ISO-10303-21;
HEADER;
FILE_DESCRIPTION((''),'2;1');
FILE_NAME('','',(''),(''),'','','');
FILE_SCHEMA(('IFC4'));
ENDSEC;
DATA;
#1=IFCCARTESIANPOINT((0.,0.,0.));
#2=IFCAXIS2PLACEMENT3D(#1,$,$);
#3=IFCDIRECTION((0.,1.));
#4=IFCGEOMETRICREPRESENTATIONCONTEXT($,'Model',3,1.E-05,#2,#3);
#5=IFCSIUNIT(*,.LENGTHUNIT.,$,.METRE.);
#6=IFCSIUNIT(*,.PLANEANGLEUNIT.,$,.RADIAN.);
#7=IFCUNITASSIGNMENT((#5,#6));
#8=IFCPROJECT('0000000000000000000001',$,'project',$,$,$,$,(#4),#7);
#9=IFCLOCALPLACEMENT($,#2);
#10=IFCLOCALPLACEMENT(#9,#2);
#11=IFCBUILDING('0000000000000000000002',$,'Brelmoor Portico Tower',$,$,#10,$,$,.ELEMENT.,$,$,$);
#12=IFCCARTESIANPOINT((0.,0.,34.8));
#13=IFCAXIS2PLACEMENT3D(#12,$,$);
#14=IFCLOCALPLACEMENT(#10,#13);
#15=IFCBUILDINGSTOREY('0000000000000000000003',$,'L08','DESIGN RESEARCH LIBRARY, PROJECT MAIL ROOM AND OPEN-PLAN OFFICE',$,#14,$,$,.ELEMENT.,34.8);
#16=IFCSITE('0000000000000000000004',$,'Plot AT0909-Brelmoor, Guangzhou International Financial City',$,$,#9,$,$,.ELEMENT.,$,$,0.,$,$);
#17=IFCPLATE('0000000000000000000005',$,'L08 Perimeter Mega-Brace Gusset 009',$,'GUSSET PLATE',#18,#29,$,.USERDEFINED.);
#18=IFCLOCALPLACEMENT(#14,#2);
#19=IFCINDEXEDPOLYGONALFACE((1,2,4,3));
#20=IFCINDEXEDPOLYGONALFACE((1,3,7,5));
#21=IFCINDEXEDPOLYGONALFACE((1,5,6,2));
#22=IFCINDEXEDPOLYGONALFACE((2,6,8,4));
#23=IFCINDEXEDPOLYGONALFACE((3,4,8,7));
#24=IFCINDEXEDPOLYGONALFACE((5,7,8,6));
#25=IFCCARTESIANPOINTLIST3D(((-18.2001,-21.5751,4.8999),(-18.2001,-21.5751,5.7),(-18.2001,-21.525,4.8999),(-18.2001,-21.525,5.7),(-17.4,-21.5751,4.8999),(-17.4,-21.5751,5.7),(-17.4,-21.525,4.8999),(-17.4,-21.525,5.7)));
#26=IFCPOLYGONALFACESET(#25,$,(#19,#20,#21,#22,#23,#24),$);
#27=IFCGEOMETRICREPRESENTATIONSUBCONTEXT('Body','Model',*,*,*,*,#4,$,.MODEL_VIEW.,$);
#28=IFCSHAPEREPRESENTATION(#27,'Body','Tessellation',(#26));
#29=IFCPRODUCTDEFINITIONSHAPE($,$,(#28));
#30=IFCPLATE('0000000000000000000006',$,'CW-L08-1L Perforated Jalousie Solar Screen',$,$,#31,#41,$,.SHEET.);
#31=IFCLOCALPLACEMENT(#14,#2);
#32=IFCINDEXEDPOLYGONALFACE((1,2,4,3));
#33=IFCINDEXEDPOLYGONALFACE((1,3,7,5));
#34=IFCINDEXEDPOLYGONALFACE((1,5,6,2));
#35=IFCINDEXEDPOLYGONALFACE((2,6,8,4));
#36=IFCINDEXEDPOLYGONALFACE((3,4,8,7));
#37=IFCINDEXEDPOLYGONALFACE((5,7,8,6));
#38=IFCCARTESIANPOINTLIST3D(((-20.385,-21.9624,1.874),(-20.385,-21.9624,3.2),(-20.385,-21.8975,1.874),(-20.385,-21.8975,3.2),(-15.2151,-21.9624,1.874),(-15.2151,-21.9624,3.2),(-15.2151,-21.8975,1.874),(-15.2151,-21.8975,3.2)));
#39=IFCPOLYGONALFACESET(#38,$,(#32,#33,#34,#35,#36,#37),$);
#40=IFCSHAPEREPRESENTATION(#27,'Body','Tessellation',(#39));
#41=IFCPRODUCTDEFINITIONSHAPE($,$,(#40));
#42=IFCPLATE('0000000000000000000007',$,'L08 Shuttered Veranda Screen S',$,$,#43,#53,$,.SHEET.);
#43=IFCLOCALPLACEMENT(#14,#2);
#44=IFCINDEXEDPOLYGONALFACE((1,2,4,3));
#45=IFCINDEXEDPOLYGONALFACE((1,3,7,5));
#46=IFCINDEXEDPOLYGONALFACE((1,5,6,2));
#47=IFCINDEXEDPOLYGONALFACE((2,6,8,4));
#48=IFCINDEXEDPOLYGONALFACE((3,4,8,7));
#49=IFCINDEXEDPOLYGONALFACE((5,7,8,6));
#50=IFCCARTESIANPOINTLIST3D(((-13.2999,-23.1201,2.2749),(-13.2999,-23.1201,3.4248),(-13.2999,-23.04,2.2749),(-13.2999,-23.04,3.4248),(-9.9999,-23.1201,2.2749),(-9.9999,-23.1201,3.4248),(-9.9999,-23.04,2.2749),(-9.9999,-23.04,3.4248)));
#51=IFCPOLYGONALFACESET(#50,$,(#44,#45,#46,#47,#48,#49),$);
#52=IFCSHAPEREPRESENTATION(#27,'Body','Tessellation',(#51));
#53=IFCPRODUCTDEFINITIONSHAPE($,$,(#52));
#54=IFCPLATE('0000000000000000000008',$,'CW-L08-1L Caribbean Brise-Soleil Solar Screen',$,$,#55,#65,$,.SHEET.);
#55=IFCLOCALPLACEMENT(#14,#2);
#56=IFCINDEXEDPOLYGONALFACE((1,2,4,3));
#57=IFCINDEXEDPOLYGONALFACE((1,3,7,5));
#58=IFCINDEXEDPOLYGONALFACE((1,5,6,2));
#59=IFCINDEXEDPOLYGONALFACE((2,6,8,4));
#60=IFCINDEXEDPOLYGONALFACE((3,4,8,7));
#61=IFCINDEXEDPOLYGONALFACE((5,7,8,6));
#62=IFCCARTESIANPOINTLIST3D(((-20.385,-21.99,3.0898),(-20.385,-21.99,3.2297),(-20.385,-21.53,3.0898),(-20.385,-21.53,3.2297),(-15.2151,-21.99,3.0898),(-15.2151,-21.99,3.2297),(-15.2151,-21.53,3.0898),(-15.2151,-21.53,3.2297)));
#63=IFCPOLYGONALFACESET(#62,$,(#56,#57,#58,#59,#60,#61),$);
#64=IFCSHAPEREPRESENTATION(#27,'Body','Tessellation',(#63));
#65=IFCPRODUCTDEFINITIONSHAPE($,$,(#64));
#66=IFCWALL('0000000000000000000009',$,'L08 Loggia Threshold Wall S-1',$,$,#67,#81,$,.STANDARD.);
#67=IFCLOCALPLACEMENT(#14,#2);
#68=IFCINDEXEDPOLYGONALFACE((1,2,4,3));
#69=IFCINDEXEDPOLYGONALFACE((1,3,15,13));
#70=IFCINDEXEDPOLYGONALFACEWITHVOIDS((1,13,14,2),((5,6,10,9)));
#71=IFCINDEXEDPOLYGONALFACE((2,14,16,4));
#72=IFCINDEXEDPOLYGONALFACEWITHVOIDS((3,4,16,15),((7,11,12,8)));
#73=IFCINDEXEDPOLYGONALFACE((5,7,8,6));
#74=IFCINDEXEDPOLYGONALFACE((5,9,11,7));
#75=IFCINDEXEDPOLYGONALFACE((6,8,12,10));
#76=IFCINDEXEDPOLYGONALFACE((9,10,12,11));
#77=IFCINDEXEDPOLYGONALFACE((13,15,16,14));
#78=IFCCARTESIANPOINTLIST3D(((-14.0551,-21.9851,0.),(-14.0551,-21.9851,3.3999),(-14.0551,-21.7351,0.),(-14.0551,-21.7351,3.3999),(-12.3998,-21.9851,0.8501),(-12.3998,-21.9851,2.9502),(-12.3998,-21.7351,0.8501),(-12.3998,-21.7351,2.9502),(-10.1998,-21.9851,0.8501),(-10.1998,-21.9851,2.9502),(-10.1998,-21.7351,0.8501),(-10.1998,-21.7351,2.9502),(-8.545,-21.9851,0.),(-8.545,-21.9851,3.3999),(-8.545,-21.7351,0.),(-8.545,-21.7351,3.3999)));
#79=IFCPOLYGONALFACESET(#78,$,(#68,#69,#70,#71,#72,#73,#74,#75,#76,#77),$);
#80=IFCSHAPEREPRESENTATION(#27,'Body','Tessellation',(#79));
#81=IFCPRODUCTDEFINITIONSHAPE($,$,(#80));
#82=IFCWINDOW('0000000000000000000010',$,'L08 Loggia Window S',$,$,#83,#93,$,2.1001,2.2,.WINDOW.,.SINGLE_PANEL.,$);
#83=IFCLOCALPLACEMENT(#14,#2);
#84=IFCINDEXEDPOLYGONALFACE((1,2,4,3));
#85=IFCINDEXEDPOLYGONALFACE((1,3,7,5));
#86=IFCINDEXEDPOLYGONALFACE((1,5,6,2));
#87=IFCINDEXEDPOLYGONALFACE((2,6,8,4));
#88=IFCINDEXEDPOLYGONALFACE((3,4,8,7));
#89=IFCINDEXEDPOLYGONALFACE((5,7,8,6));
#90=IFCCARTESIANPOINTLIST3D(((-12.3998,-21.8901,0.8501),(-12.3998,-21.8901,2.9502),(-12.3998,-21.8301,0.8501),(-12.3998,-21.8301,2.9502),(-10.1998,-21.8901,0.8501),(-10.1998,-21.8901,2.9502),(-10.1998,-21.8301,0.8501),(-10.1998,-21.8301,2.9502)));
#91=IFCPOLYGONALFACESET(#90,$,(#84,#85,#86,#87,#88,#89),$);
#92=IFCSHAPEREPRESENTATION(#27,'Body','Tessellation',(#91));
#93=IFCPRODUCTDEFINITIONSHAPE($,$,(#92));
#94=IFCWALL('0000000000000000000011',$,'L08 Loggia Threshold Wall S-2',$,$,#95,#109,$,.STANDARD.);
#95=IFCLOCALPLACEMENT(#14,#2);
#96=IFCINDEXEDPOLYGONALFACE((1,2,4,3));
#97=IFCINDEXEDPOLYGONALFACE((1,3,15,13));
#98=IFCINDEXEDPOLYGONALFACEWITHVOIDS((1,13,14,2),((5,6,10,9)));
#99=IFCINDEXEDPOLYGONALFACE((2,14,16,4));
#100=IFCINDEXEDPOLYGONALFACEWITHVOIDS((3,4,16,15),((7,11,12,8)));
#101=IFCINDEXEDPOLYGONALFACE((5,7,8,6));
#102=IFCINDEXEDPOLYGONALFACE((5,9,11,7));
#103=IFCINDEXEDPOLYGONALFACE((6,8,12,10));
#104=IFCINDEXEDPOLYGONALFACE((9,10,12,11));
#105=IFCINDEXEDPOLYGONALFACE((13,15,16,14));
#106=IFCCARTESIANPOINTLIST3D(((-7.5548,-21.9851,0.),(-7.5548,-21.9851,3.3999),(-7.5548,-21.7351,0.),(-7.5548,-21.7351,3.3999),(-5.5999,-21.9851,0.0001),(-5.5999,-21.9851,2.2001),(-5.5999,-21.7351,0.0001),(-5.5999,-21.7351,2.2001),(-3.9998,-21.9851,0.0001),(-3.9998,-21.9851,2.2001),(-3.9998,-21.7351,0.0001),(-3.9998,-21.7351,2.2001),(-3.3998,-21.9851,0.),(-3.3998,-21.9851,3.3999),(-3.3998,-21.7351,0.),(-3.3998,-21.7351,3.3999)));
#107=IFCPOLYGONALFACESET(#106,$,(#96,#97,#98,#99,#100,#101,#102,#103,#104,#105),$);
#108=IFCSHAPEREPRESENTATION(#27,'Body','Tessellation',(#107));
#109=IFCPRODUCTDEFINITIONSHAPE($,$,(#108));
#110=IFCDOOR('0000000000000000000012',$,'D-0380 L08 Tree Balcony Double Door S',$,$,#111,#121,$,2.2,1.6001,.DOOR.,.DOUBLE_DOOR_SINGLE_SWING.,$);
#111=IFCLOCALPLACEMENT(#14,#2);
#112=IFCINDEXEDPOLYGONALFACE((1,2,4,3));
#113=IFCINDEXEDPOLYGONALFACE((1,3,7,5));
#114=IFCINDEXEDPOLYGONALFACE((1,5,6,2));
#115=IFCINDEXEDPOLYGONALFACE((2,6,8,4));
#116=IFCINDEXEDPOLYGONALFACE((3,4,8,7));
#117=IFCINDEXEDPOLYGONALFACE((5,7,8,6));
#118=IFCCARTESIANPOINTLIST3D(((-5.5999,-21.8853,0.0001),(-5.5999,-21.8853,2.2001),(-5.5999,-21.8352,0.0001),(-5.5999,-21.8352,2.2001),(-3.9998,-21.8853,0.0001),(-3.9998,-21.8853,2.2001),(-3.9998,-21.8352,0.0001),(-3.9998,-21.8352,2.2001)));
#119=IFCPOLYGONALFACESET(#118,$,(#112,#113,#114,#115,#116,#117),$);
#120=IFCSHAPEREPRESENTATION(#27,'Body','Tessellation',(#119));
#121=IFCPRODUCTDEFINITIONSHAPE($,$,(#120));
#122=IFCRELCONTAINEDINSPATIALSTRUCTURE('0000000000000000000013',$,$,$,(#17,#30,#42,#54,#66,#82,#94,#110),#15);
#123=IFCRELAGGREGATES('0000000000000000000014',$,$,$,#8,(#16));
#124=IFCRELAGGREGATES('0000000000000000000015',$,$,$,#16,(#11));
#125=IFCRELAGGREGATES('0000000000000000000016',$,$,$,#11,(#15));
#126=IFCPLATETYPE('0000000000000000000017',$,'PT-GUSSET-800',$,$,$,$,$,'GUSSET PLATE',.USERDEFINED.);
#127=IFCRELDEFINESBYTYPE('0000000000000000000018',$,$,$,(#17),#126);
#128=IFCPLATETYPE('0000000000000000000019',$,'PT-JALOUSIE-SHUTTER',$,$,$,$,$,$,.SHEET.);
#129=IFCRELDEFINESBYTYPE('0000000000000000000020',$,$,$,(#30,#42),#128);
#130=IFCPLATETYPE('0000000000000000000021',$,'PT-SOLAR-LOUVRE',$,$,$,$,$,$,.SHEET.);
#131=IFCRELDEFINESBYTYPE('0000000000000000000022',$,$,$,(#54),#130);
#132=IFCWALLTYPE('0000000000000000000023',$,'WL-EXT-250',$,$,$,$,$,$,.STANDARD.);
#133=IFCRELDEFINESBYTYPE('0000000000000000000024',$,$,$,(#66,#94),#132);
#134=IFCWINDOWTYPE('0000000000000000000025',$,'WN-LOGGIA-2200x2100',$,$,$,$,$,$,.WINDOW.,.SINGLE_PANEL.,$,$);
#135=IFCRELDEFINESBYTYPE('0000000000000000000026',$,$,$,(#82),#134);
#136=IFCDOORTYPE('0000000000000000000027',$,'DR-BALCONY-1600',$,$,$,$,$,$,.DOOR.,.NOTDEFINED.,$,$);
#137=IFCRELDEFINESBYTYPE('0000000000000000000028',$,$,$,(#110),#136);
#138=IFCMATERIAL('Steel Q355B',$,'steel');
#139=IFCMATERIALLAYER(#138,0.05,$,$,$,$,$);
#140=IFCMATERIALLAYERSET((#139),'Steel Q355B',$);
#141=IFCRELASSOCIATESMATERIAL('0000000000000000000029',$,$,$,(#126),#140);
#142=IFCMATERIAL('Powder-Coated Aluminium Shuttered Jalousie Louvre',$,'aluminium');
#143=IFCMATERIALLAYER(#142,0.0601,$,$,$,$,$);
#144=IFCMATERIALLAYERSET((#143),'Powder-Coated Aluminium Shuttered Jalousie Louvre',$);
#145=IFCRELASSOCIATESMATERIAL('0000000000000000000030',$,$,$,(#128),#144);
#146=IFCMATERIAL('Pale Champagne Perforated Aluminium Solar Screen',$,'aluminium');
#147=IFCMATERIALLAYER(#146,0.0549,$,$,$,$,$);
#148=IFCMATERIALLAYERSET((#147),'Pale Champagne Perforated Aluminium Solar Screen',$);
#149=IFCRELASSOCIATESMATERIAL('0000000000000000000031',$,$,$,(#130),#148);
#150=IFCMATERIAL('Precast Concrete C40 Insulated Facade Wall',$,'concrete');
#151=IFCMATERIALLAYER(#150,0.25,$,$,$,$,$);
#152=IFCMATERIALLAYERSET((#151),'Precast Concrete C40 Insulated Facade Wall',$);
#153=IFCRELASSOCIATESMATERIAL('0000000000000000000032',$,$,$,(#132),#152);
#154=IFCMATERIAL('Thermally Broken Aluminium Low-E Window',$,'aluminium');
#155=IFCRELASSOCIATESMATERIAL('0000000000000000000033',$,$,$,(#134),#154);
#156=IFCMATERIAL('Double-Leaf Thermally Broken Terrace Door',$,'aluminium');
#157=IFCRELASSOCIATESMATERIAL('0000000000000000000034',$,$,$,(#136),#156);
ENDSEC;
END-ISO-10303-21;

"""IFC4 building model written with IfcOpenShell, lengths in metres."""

from ifc_helpers import new_model, si_unit, direction, frame, frame_2d, origin, origin_2d, place, context, subcontext, project, spatial, rectangle, extrude, material, layer, layer_set, type_object, element, fill, save


model = new_model("IFC4")

# Units and contexts
model_context = context("Model", 3, precision=1e-05, world=origin(), true_north=direction((0.0, 1.0)))
body_context = subcontext(model_context, "Body", "Model", "MODEL_VIEW")
ifc_project = project(units=[si_unit("LENGTHUNIT", "METRE"), si_unit("PLANEANGLEUNIT", "RADIAN")], contexts=[model_context])

# Site, building, storey
site_placement = place(None, origin())
site = spatial("IfcSite", under=ifc_project, at=site_placement, Name="Plot AT0909-Brelmoor, Guangzhou International Financial City", CompositionType="ELEMENT", RefElevation=0.0)
building_placement = place(site_placement, origin())
building = spatial("IfcBuilding", under=site, at=building_placement, Name="Brelmoor Portico Tower", CompositionType="ELEMENT")
storey_placement = place(building_placement, frame((0.0, 0.0, 34.8)))
storey = spatial("IfcBuildingStorey", under=building, at=storey_placement, Name="L08", Description="DESIGN RESEARCH LIBRARY, PROJECT MAIL ROOM AND OPEN-PLAN OFFICE", CompositionType="ELEMENT", Elevation=34.8)

# Shared definitions
ifc_material_1 = material(Name="Steel Q355B", Category="steel")

# Plates
ifc_layer_1 = layer(ifc_material_1, 0.05)
ifc_layer_set_1 = layer_set([ifc_layer_1], Name="Steel Q355B")
plate_type_1 = type_object("IfcPlateType", Name="PT-GUSSET-800", ElementType="GUSSET PLATE", PredefinedType="USERDEFINED", material=ifc_layer_set_1)
plate_1_placement = place(storey_placement, frame((-17.8, -21.55, 4.8999), z_axis=(0.0, 0.0, 1.0), x_axis=(1.0, 0.0, 0.0)))
element("IfcPlate", 1, at=plate_1_placement, inside=storey, type_object=plate_type_1, Name="L08 Perimeter Mega-Brace Gusset 009", ObjectType="GUSSET PLATE", PredefinedType="USERDEFINED", context=body_context, shape_type="SweptSolid", body=[
    extrude(rectangle(XDim=0.8, YDim=0.05, at=origin_2d()), origin(), (0.0, 0.0, 1.0), 0.8),
])
ifc_material_2 = material(Name="Powder-Coated Aluminium Shuttered Jalousie Louvre", Category="aluminium")
ifc_layer_2 = layer(ifc_material_2, 0.0601)
ifc_layer_set_2 = layer_set([ifc_layer_2], Name="Powder-Coated Aluminium Shuttered Jalousie Louvre")
plate_type_2 = type_object("IfcPlateType", Name="PT-JALOUSIE-SHUTTER", PredefinedType="SHEET", material=ifc_layer_set_2)
plate_2_placement = place(storey_placement, frame((-17.8, -21.9299, 1.874), z_axis=(0.0, 0.0, 1.0), x_axis=(1.0, 0.0, 0.0)))
element("IfcPlate", 2, at=plate_2_placement, inside=storey, type_object=plate_type_2, Name="CW-L08-1L Perforated Jalousie Solar Screen", PredefinedType="SHEET", context=body_context, shape_type="SweptSolid", body=[
    extrude(rectangle(XDim=5.1699, YDim=0.0649, at=origin_2d()), origin(), (0.0, 0.0, 1.0), 1.3259),
])
plate_3_placement = place(storey_placement, frame((-11.6499, -23.0801, 2.2749), z_axis=(0.0, 0.0, 1.0), x_axis=(1.0, 0.0, 0.0)))
element("IfcPlate", 3, at=plate_3_placement, inside=storey, type_object=plate_type_2, Name="L08 Shuttered Veranda Screen S", PredefinedType="SHEET", context=body_context, shape_type="SweptSolid", body=[
    extrude(rectangle(XDim=3.3, YDim=0.0801, at=origin_2d()), origin(), (0.0, 0.0, 1.0), 1.1499),
])
ifc_material_3 = material(Name="Pale Champagne Perforated Aluminium Solar Screen", Category="aluminium")
ifc_layer_3 = layer(ifc_material_3, 0.0549)
ifc_layer_set_3 = layer_set([ifc_layer_3], Name="Pale Champagne Perforated Aluminium Solar Screen")
plate_type_3 = type_object("IfcPlateType", Name="PT-SOLAR-LOUVRE", PredefinedType="SHEET", material=ifc_layer_set_3)
plate_4_placement = place(storey_placement, frame((-17.8, -21.76, 3.0898), z_axis=(0.0, 0.0, 1.0), x_axis=(1.0, 0.0, 0.0)))
element("IfcPlate", 4, at=plate_4_placement, inside=storey, type_object=plate_type_3, Name="CW-L08-1L Caribbean Brise-Soleil Solar Screen", PredefinedType="SHEET", context=body_context, shape_type="SweptSolid", body=[
    extrude(rectangle(XDim=5.1699, YDim=0.46, at=origin_2d()), origin(), (0.0, 0.0, 1.0), 0.1399),
])

# Wall, opening, window
ifc_material_4 = material(Name="Precast Concrete C40 Insulated Facade Wall", Category="concrete")
ifc_layer_4 = layer(ifc_material_4, 0.25)
ifc_layer_set_4 = layer_set([ifc_layer_4], Name="Precast Concrete C40 Insulated Facade Wall")
wall_type = type_object("IfcWallType", Name="WL-EXT-250", PredefinedType="STANDARD", material=ifc_layer_set_4)
wall_1_placement = place(storey_placement, frame((-14.0549, -21.8601, 0.0), z_axis=(0.0, 0.0, 1.0), x_axis=(1.0, 0.0, 0.0)))
wall_1 = element("IfcWall", 5, at=wall_1_placement, inside=storey, type_object=wall_type, Name="L08 Loggia Threshold Wall S-1", PredefinedType="STANDARD", context=body_context, shape_type="SweptSolid", body=[
    extrude(rectangle(XDim=5.51, YDim=0.25, at=frame_2d((2.7549, 0.0))), origin(), (0.0, 0.0, 1.0), 3.3999),
])
opening_1_placement = place(wall_1_placement, frame((1.655, 0.0, 0.8501)))
opening_1 = element("IfcOpeningElement", 6, at=opening_1_placement, cuts=wall_1, PredefinedType="OPENING", context=body_context, shape_type="SweptSolid", body=[
    extrude(rectangle(XDim=2.2, YDim=2.1001, at=frame_2d((1.1001, 1.05))), frame((0.0, 0.135, 0.0), z_axis=(0.0, -1.0, 0.0), x_axis=(1.0, 0.0, 0.0)), (0.0, 0.0, 1.0), 0.27),
])
ifc_material_5 = material(Name="Thermally Broken Aluminium Low-E Window", Category="aluminium")
window_type = type_object("IfcWindowType", Name="WN-LOGGIA-2200x2100", PartitioningType="SINGLE_PANEL", PredefinedType="WINDOW", material=ifc_material_5)
window_placement = place(opening_1_placement, origin())
window = element("IfcWindow", 7, at=window_placement, inside=storey, type_object=window_type, Name="L08 Loggia Window S", OverallHeight=2.1001, OverallWidth=2.2, PartitioningType="SINGLE_PANEL", PredefinedType="WINDOW", context=body_context, shape_type="SweptSolid", body=[
    extrude(rectangle(XDim=2.2, YDim=2.1001, at=frame_2d((1.1001, 1.05))), frame((0.0, 0.03, 0.0), z_axis=(0.0, -1.0, 0.0), x_axis=(1.0, 0.0, 0.0)), (0.0, 0.0, 1.0), 0.0601),
])
fill(opening_1, window)

# Wall, opening, door
wall_2_placement = place(storey_placement, frame((-7.5549, -21.8601, 0.0), z_axis=(0.0, 0.0, 1.0), x_axis=(1.0, 0.0, 0.0)))
wall_2 = element("IfcWall", 8, at=wall_2_placement, inside=storey, type_object=wall_type, Name="L08 Loggia Threshold Wall S-2", PredefinedType="STANDARD", context=body_context, shape_type="SweptSolid", body=[
    extrude(rectangle(XDim=4.155, YDim=0.25, at=frame_2d((2.0776, 0.0))), origin(), (0.0, 0.0, 1.0), 3.3999),
])
opening_2_placement = place(wall_2_placement, frame((1.9551, 0.0, 0.0)))
opening_2 = element("IfcOpeningElement", 9, at=opening_2_placement, cuts=wall_2, PredefinedType="OPENING", context=body_context, shape_type="SweptSolid", body=[
    extrude(rectangle(XDim=1.6001, YDim=2.2, at=frame_2d((0.8, 1.1001))), frame((0.0, 0.135, 0.0), z_axis=(0.0, -1.0, 0.0), x_axis=(1.0, 0.0, 0.0)), (0.0, 0.0, 1.0), 0.27),
])
ifc_material_6 = material(Name="Double-Leaf Thermally Broken Terrace Door", Category="aluminium")
door_type = type_object("IfcDoorType", Name="DR-BALCONY-1600", OperationType="NOTDEFINED", PredefinedType="DOOR", material=ifc_material_6)
door_placement = place(opening_2_placement, origin())
door = element("IfcDoor", 10, at=door_placement, inside=storey, type_object=door_type, Name="D-0380 L08 Tree Balcony Double Door S", OperationType="DOUBLE_DOOR_SINGLE_SWING", OverallHeight=2.2, OverallWidth=1.6001, PredefinedType="DOOR", context=body_context, shape_type="SweptSolid", body=[
    extrude(rectangle(XDim=1.6001, YDim=2.2, at=frame_2d((0.8, 1.1001))), frame((0.0, 0.0249, 0.0), z_axis=(0.0, -1.0, 0.0), x_axis=(1.0, 0.0, 0.0)), (0.0, 0.0, 1.0), 0.05),
])
fill(opening_2, door)

save(model, "model.ifc")
